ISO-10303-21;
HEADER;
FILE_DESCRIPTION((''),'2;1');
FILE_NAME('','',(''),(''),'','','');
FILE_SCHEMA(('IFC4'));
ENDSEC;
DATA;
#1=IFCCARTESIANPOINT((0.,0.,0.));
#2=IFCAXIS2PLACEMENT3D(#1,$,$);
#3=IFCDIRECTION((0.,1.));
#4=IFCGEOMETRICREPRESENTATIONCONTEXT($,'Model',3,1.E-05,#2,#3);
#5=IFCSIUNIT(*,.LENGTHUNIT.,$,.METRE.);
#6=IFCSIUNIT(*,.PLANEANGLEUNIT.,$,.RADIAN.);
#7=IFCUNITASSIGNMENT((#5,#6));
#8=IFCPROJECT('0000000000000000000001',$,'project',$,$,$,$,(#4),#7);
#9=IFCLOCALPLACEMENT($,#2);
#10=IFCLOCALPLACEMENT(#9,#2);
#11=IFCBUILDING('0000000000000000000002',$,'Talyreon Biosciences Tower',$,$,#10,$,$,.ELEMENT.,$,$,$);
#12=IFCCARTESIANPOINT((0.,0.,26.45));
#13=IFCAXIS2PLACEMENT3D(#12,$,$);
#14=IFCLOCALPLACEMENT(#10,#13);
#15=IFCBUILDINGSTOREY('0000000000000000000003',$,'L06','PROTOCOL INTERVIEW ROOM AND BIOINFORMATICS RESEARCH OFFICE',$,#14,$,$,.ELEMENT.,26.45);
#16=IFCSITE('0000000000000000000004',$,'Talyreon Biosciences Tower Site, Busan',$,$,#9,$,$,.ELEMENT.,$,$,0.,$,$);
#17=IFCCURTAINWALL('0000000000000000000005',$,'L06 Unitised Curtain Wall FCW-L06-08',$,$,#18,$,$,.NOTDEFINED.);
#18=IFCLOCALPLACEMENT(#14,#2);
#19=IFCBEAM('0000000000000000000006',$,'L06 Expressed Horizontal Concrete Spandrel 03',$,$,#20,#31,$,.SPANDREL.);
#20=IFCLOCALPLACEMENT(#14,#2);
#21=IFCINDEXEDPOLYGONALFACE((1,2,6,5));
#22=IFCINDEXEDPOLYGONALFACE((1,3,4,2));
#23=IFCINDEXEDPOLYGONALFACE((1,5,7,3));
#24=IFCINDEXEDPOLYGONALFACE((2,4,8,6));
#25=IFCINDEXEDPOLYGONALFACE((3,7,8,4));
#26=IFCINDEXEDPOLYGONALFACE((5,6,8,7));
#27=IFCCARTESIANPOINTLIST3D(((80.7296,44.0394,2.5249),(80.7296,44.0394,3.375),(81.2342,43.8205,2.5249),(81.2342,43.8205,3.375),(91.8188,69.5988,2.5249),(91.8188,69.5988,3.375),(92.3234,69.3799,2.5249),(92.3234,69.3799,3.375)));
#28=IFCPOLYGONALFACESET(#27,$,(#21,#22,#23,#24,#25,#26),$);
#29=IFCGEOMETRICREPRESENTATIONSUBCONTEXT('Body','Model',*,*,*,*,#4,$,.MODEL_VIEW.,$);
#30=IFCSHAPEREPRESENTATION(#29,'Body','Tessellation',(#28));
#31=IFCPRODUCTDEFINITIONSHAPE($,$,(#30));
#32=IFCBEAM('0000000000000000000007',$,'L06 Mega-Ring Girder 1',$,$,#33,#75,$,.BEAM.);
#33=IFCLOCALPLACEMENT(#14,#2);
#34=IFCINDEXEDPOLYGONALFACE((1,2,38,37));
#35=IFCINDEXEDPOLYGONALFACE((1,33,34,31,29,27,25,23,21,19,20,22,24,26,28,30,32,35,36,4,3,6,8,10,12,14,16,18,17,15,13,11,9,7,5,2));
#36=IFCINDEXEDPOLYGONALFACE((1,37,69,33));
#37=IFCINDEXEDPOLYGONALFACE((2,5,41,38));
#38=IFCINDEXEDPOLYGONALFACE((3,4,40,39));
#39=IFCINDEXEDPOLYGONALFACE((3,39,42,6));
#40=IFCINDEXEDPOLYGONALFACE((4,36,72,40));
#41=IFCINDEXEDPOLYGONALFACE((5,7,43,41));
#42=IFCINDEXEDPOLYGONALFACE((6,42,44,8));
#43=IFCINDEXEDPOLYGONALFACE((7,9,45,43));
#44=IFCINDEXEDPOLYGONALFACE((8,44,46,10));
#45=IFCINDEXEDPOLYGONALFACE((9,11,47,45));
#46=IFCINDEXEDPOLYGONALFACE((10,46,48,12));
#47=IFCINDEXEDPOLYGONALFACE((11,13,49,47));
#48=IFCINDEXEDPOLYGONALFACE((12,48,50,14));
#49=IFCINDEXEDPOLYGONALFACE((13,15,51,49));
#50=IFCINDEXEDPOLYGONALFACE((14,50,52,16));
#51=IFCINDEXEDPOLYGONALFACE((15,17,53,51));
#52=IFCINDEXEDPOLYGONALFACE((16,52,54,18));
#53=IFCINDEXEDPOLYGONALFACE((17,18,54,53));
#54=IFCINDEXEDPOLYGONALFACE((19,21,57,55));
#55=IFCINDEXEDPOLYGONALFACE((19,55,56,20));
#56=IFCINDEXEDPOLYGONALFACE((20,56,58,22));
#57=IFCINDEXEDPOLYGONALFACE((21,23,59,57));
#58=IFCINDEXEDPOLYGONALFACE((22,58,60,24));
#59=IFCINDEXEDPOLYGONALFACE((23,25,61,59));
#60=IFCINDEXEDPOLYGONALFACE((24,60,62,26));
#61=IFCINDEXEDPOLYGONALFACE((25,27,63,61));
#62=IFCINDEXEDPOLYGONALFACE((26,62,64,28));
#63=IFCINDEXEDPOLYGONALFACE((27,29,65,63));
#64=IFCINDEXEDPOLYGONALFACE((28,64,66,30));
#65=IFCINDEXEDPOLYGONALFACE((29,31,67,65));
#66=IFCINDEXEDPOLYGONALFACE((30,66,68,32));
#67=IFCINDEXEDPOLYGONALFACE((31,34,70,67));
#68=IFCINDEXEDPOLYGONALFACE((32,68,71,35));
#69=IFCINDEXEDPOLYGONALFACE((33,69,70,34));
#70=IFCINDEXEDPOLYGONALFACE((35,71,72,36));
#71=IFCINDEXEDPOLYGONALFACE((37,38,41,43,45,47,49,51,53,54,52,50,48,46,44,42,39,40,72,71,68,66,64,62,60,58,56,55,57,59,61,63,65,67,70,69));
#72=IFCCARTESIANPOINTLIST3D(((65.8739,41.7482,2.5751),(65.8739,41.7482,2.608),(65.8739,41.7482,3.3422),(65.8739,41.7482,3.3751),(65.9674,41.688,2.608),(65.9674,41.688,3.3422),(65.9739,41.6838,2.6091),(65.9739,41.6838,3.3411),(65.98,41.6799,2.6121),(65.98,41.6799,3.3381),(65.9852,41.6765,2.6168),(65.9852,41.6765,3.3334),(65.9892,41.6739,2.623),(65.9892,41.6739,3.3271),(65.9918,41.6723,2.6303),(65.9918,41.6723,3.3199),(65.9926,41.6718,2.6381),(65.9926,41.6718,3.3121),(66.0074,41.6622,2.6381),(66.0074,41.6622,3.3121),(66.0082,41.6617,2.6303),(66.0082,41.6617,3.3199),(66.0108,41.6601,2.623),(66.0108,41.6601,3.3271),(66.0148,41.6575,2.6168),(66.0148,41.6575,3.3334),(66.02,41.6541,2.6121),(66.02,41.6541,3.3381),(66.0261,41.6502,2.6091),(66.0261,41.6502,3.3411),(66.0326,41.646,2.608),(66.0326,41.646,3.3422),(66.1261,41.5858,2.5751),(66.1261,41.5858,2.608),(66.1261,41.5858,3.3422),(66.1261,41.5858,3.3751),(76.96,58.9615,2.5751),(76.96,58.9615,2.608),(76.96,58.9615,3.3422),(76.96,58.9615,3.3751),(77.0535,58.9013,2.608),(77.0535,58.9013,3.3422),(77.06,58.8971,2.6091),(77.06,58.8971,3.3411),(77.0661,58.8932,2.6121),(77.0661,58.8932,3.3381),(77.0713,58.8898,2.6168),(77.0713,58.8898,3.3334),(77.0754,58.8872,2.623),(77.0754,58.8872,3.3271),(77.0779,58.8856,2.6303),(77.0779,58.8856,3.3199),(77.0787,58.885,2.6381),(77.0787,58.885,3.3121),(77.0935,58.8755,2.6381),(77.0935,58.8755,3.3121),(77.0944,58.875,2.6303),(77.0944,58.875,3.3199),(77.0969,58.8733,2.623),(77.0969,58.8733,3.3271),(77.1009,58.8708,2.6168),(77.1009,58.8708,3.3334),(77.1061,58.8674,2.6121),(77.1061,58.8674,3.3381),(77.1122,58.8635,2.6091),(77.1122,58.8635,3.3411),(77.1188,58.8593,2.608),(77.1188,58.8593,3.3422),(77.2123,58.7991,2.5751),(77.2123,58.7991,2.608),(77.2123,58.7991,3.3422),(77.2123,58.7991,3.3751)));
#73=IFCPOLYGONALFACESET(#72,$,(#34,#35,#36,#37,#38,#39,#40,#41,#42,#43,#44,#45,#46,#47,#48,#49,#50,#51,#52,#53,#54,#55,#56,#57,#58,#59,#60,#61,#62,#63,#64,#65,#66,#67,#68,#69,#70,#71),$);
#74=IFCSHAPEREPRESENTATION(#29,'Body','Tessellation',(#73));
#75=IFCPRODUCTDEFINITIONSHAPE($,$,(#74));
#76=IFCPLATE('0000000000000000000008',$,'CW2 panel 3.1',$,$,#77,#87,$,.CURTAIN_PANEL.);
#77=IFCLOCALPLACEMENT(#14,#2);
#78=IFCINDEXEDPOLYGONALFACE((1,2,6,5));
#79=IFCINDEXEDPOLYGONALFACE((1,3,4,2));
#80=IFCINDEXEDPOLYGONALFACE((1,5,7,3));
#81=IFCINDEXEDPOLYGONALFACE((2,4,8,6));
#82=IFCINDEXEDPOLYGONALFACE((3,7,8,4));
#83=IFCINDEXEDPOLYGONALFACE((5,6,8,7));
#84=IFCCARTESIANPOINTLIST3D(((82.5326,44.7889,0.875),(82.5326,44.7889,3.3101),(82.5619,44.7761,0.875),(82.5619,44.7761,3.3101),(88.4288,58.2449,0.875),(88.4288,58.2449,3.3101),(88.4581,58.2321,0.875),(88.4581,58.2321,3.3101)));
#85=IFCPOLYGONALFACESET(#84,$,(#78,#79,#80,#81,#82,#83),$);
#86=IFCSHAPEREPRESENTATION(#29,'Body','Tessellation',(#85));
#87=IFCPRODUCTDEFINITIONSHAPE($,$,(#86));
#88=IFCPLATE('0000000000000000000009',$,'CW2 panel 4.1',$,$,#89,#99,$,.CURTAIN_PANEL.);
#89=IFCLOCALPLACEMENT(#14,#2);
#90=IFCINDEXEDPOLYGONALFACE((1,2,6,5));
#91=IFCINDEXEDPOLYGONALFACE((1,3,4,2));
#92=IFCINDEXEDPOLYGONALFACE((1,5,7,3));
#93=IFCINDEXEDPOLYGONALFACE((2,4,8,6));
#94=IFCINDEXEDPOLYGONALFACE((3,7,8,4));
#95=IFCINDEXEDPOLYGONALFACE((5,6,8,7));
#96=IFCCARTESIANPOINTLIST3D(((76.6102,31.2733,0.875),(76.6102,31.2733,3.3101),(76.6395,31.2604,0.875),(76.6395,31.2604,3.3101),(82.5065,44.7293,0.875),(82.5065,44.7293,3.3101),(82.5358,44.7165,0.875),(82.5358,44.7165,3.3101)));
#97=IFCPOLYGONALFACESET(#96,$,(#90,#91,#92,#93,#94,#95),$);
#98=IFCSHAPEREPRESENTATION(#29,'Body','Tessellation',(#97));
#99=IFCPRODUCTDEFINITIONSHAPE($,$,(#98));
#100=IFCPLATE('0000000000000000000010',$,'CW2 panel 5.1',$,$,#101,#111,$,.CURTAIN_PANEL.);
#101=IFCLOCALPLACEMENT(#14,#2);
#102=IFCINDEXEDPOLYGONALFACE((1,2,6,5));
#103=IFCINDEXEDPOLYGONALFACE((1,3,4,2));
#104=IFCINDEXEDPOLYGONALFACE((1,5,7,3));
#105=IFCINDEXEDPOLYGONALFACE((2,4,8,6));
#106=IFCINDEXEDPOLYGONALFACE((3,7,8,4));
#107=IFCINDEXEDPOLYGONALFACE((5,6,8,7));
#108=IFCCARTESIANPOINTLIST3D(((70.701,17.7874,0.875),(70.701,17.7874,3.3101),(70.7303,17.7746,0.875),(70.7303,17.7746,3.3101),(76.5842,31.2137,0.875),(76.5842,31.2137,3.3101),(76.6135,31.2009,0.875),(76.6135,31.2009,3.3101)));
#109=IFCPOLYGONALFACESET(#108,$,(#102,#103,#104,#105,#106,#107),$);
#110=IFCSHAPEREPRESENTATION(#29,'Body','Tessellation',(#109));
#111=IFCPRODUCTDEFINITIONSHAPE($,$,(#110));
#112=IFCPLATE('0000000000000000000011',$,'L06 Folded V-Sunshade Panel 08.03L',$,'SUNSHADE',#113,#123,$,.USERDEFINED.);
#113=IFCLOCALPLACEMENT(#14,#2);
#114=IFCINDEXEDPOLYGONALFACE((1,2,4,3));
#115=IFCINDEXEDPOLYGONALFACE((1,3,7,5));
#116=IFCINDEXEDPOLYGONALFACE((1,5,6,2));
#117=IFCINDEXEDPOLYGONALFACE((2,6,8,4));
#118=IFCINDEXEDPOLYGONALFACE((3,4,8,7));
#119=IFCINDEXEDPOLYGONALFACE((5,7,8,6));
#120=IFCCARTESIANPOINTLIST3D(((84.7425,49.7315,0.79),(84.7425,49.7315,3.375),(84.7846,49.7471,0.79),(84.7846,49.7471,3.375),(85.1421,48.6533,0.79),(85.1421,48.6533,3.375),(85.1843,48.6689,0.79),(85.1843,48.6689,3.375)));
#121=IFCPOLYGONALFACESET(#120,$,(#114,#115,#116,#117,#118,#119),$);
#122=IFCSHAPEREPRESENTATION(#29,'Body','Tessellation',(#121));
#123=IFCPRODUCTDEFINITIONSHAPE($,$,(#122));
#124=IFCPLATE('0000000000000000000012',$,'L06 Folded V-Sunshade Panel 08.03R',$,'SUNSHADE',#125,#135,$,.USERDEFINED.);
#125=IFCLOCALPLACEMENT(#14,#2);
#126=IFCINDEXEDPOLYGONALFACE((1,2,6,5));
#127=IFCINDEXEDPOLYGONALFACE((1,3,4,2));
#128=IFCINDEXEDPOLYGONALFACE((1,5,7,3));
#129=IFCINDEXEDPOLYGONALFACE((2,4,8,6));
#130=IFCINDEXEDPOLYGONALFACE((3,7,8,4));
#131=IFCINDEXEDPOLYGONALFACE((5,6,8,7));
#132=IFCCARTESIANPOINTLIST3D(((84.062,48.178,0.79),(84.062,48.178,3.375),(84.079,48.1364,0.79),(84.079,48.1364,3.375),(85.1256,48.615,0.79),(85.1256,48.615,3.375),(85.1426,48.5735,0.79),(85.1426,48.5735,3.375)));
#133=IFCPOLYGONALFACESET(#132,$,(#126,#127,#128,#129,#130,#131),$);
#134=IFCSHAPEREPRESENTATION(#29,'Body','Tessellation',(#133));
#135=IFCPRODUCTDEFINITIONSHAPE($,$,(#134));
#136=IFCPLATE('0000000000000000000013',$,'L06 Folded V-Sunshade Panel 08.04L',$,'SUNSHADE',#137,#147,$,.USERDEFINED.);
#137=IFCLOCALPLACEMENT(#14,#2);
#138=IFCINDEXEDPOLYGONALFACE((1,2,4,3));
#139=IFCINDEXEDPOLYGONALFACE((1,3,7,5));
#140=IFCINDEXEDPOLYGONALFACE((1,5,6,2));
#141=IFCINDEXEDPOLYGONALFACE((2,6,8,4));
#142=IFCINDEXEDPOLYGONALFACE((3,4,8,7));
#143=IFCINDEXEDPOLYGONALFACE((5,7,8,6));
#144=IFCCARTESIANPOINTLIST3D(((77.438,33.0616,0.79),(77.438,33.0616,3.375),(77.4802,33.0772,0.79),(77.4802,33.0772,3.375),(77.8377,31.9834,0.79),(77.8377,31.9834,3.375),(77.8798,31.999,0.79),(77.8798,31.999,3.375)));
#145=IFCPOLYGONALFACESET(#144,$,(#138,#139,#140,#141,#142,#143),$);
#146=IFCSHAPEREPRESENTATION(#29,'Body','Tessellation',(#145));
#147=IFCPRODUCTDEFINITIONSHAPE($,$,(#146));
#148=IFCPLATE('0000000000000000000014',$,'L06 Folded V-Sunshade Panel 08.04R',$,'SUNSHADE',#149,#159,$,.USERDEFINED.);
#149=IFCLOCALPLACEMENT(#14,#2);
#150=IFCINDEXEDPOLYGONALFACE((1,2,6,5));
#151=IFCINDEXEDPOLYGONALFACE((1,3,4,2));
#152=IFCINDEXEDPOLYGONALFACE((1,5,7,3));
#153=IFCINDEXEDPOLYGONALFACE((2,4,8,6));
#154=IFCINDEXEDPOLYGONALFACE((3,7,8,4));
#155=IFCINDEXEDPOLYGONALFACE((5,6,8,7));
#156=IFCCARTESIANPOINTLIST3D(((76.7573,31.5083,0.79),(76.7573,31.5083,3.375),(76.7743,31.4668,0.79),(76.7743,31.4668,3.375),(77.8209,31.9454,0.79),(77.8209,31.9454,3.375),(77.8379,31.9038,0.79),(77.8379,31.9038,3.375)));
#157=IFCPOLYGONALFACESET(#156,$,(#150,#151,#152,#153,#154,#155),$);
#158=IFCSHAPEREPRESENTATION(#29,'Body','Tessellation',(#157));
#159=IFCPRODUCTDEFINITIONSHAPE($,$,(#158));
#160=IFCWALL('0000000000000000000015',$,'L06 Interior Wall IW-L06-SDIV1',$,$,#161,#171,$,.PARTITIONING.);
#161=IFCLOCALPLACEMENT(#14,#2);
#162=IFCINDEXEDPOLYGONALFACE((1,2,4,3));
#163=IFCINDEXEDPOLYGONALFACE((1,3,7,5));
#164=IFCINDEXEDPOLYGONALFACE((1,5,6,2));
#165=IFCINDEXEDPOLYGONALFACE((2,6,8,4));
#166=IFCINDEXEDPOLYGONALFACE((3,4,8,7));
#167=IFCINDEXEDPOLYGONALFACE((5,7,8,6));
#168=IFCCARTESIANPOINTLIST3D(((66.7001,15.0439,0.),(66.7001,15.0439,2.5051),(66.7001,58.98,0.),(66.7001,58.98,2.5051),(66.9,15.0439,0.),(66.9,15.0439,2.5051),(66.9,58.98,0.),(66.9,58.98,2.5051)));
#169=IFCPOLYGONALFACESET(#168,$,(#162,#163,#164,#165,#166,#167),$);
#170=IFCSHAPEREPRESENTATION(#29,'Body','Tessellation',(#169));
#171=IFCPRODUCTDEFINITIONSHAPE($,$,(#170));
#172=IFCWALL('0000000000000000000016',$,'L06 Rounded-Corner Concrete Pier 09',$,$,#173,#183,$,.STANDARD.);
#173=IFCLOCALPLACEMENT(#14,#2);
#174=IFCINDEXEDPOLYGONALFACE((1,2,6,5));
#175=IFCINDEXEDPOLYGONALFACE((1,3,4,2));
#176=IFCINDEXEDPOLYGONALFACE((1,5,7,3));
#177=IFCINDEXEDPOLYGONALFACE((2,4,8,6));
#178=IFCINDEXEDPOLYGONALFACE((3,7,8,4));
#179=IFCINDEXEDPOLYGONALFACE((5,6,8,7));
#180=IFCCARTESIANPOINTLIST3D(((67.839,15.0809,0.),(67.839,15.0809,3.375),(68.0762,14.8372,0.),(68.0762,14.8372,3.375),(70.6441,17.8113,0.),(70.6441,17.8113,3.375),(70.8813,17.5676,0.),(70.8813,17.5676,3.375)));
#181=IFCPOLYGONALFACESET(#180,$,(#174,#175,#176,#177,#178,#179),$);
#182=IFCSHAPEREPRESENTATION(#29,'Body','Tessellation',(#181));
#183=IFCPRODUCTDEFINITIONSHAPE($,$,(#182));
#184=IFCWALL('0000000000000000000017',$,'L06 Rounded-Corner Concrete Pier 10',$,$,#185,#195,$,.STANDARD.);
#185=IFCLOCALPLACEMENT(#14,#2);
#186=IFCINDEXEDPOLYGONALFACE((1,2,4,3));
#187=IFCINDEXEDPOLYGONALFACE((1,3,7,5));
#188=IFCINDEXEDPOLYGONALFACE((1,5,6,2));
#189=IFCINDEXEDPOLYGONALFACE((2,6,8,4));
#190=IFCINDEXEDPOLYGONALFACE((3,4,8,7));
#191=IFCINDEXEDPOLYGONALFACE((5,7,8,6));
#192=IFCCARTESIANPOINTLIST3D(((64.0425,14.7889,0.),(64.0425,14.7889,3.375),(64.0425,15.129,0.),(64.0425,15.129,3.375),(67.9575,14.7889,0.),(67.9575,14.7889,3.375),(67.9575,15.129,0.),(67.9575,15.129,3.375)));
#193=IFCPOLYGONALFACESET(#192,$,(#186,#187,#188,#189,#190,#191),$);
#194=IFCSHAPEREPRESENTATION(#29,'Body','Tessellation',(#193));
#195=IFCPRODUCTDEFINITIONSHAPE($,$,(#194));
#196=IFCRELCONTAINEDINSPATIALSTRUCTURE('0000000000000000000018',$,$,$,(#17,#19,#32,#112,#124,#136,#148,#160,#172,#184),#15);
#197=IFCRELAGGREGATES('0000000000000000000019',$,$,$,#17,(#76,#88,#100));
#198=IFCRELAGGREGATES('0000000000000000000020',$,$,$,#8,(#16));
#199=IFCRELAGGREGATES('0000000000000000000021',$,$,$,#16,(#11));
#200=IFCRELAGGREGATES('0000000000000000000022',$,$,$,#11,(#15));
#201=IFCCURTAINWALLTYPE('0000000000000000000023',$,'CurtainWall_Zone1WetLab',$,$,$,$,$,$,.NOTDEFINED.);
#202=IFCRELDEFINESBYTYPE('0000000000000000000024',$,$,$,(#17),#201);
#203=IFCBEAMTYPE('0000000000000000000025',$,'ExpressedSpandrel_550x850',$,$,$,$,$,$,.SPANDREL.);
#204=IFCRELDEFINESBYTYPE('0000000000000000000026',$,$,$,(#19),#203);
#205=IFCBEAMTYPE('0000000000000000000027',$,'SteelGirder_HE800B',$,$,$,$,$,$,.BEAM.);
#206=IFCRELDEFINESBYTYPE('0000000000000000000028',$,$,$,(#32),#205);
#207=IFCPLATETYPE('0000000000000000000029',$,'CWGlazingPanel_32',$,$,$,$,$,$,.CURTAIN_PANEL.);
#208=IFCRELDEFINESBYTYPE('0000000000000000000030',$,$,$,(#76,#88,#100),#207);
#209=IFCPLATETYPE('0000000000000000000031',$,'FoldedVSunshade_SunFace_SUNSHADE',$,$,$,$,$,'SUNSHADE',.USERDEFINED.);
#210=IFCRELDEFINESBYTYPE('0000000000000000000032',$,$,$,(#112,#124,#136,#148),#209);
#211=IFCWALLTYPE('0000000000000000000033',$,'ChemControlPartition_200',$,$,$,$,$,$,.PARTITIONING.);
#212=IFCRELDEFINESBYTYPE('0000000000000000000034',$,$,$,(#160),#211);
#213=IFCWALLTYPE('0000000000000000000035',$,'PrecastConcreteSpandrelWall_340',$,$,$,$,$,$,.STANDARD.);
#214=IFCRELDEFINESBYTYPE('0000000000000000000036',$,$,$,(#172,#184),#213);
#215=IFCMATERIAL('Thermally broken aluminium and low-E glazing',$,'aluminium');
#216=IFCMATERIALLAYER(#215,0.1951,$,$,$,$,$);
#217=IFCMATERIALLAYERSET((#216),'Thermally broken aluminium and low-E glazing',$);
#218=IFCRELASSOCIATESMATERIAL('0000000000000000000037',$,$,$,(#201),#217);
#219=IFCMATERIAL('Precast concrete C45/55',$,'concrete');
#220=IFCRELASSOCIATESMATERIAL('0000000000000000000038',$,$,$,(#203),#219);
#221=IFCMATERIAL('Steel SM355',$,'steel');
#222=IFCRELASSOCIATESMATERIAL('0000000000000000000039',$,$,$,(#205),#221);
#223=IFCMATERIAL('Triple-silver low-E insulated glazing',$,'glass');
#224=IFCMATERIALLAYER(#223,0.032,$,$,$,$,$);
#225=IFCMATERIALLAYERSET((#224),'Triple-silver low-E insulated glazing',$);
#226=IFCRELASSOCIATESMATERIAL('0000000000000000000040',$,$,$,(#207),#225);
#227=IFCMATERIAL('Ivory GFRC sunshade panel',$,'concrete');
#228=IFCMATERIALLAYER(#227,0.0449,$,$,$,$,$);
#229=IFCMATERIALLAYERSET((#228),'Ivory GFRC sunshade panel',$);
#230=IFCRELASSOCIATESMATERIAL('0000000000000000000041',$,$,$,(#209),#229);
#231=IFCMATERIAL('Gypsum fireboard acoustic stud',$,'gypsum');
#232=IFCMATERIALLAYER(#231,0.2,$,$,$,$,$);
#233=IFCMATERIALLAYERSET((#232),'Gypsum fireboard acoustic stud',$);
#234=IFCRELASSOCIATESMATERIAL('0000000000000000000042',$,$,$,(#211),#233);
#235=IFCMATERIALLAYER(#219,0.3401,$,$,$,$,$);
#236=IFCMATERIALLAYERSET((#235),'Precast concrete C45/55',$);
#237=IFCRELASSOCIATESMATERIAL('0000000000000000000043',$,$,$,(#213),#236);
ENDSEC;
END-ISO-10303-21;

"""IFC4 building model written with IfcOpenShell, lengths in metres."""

from ifc_helpers import new_model, si_unit, direction, frame, frame_2d, origin, origin_2d, place, context, subcontext, project, spatial, rectangle, i_section, extrude, material, layer, layer_set, material_profile, profile_set, type_object, element, aggregate, save


model = new_model("IFC4")

# Units and contexts
model_context = context("Model", 3, precision=1e-05, world=origin(), true_north=direction((0.0, 1.0)))
body_context = subcontext(model_context, "Body", "Model", "MODEL_VIEW")
ifc_project = project(units=[si_unit("LENGTHUNIT", "METRE"), si_unit("PLANEANGLEUNIT", "RADIAN")], contexts=[model_context])

# Site, building, storey
site_placement = place(None, origin())
site = spatial("IfcSite", under=ifc_project, at=site_placement, Name="Talyreon Biosciences Tower Site, Busan", CompositionType="ELEMENT", RefElevation=0.0)
building_placement = place(site_placement, origin())
building = spatial("IfcBuilding", under=site, at=building_placement, Name="Talyreon Biosciences Tower", CompositionType="ELEMENT")
storey_placement = place(building_placement, frame((0.0, 0.0, 26.45)))
storey = spatial("IfcBuildingStorey", under=building, at=storey_placement, Name="L06", Description="PROTOCOL INTERVIEW ROOM AND BIOINFORMATICS RESEARCH OFFICE", CompositionType="ELEMENT", Elevation=26.45)

# Shared definitions
ifc_material_1 = material(Name="Precast concrete C45/55", Category="concrete")

# Curtain wall
ifc_material_2 = material(Name="Thermally broken aluminium and low-E glazing", Category="aluminium")
ifc_layer_1 = layer(ifc_material_2, 0.1951)
ifc_layer_set_1 = layer_set([ifc_layer_1], Name="Thermally broken aluminium and low-E glazing")
curtain_wall_type = type_object("IfcCurtainWallType", Name="CurtainWall_Zone1WetLab", PredefinedType="NOTDEFINED", material=ifc_layer_set_1)
curtain_wall_placement = place(storey_placement, origin())
curtain_wall = element("IfcCurtainWall", 1, at=curtain_wall_placement, inside=storey, type_object=curtain_wall_type, Name="L06 Unitised Curtain Wall FCW-L06-08", PredefinedType="NOTDEFINED")

# Beams
ifc_material_profile_1 = material_profile(ifc_material_1, rectangle(XDim=0.55, YDim=0.8501, at=origin_2d()), Name="RCB 550x850")
ifc_profile_set_1 = profile_set([ifc_material_profile_1], Name="Precast concrete C45/55")
beam_type_1 = type_object("IfcBeamType", Name="ExpressedSpandrel_550x850", PredefinedType="SPANDREL", material=ifc_profile_set_1)
beam_1_placement = place(storey_placement, frame((80.9819, 43.9299, 2.95), z_axis=(0.398012, 0.91738, 0.0), x_axis=(-0.91738, 0.398012, 0.0)))
element("IfcBeam", 2, at=beam_1_placement, inside=storey, type_object=beam_type_1, Name="L06 Expressed Horizontal Concrete Spandrel 03", PredefinedType="SPANDREL", context=body_context, shape_type="SweptSolid", body=[
    extrude(rectangle(XDim=0.55, YDim=0.8501, at=origin_2d()), origin(), (0.0, 0.0, 1.0), 27.8613),
])
ifc_material_3 = material(Name="Steel SM355", Category="steel")
ifc_material_profile_2 = material_profile(ifc_material_3, i_section(OverallWidth=0.3, OverallDepth=0.8, WebThickness=0.0176, FlangeThickness=0.033, FilletRadius=0.03, at=origin_2d()), Name="HE800B")
ifc_profile_set_2 = profile_set([ifc_material_profile_2], Name="Steel SM355")
beam_type_2 = type_object("IfcBeamType", Name="SteelGirder_HE800B", PredefinedType="BEAM", material=ifc_profile_set_2)
beam_2_placement = place(storey_placement, frame((66.0, 41.667, 2.9751), z_axis=(0.541464, 0.840724, 0.0), x_axis=(-0.840724, 0.541464, 0.0)))
element("IfcBeam", 3, at=beam_2_placement, inside=storey, type_object=beam_type_2, Name="L06 Mega-Ring Girder 1", PredefinedType="BEAM", context=body_context, shape_type="SweptSolid", body=[
    extrude(i_section(OverallWidth=0.3, OverallDepth=0.8, WebThickness=0.0176, FlangeThickness=0.033, FilletRadius=0.03, at=origin_2d()), origin(), (0.0, 0.0, 1.0), 20.4744),
])

# Plates
ifc_material_4 = material(Name="Triple-silver low-E insulated glazing", Category="glass")
ifc_layer_2 = layer(ifc_material_4, 0.032)
ifc_layer_set_2 = layer_set([ifc_layer_2], Name="Triple-silver low-E insulated glazing")
plate_type_1 = type_object("IfcPlateType", Name="CWGlazingPanel_32", PredefinedType="CURTAIN_PANEL", material=ifc_layer_set_2)
plate_1_placement = place(storey_placement, frame((85.4954, 51.5105, 0.875), z_axis=(0.0, 0.0, 1.0), x_axis=(-0.401345, -0.915927, 0.0)))
plate_1 = element("IfcPlate", 4, at=plate_1_placement, type_object=plate_type_1, Name="CW2 panel 3.1", PredefinedType="CURTAIN_PANEL", context=body_context, shape_type="SweptSolid", body=[
    extrude(rectangle(XDim=14.6912, YDim=0.032, at=origin_2d()), origin(), (0.0, 0.0, 1.0), 2.4351),
])
plate_2_placement = place(storey_placement, frame((79.573, 37.9949, 0.875), z_axis=(0.0, 0.0, 1.0), x_axis=(-0.401345, -0.915927, 0.0)))
plate_2 = element("IfcPlate", 5, at=plate_2_placement, type_object=plate_type_1, Name="CW2 panel 4.1", PredefinedType="CURTAIN_PANEL", context=body_context, shape_type="SweptSolid", body=[
    extrude(rectangle(XDim=14.6912, YDim=0.032, at=origin_2d()), origin(), (0.0, 0.0, 1.0), 2.4351),
])
plate_3_placement = place(storey_placement, frame((73.6572, 24.4941, 0.875), z_axis=(0.0, 0.0, 1.0), x_axis=(-0.401345, -0.915927, 0.0)))
plate_3 = element("IfcPlate", 6, at=plate_3_placement, type_object=plate_type_1, Name="CW2 panel 5.1", PredefinedType="CURTAIN_PANEL", context=body_context, shape_type="SweptSolid", body=[
    extrude(rectangle(XDim=14.6587, YDim=0.032, at=origin_2d()), origin(), (0.0, 0.0, 1.0), 2.4351),
])
aggregate(curtain_wall, [plate_1, plate_2, plate_3])

# Plates
ifc_material_5 = material(Name="Ivory GFRC sunshade panel", Category="concrete")
ifc_layer_3 = layer(ifc_material_5, 0.0449)
ifc_layer_set_3 = layer_set([ifc_layer_3], Name="Ivory GFRC sunshade panel")
plate_type_2 = type_object("IfcPlateType", Name="FoldedVSunshade_SunFace_SUNSHADE", ElementType="SUNSHADE", PredefinedType="USERDEFINED", material=ifc_layer_set_3)
for number, where, z_axis, x_axis, name in (
    (7, (84.9634, 49.2002, 0.79), (0.0, 0.0, 1.0), (0.347558, -0.937659, 0.0), "L06 Folded V-Sunshade Panel 08.03L"),
    (8, (84.6023, 48.3757, 0.79), (0.0, 0.0, 1.0), (-0.924958, -0.38007, 0.0), "L06 Folded V-Sunshade Panel 08.03R"),
    (9, (77.6589, 32.5303, 0.79), (0.0, 0.0, 1.0), (0.347558, -0.937659, 0.0), "L06 Folded V-Sunshade Panel 08.04L"),
    (10, (77.2976, 31.7061, 0.79), (0.0, 0.0, 1.0), (-0.924958, -0.38007, 0.0), "L06 Folded V-Sunshade Panel 08.04R"),
):
    element("IfcPlate", number, at=place(storey_placement, frame(where, z_axis=z_axis, x_axis=x_axis)), inside=storey, type_object=plate_type_2, Name=name, ObjectType="SUNSHADE", PredefinedType="USERDEFINED", context=body_context, shape_type="SweptSolid", body=[
        extrude(rectangle(XDim=1.1499, YDim=0.0449, at=origin_2d()), origin(), (0.0, 0.0, 1.0), 2.585),
    ])

# Walls
ifc_material_6 = material(Name="Gypsum fireboard acoustic stud", Category="gypsum")
ifc_layer_4 = layer(ifc_material_6, 0.2)
ifc_layer_set_4 = layer_set([ifc_layer_4], Name="Gypsum fireboard acoustic stud")
wall_type_1 = type_object("IfcWallType", Name="ChemControlPartition_200", PredefinedType="PARTITIONING", material=ifc_layer_set_4)
wall_1_placement = place(storey_placement, frame((66.8, 15.0439, 0.0), z_axis=(0.0, 0.0, 1.0), x_axis=(0.0, 1.0, 0.0)))
element("IfcWall", 11, at=wall_1_placement, inside=storey, type_object=wall_type_1, Name="L06 Interior Wall IW-L06-SDIV1", PredefinedType="PARTITIONING", context=body_context, shape_type="SweptSolid", body=[
    extrude(rectangle(XDim=43.936, YDim=0.2, at=frame_2d((21.968, 0.0))), origin(), (0.0, 0.0, 1.0), 2.5051),
])
ifc_layer_5 = layer(ifc_material_1, 0.3401)
ifc_layer_set_5 = layer_set([ifc_layer_5], Name="Precast concrete C45/55")
wall_type_2 = type_object("IfcWallType", Name="PrecastConcreteSpandrelWall_340", PredefinedType="STANDARD", material=ifc_layer_set_5)
wall_2_placement = place(storey_placement, frame((70.7627, 17.6895, 0.0), z_axis=(0.0, 0.0, 1.0), x_axis=(-0.716584, -0.6975, 0.0)))
element("IfcWall", 12, at=wall_2_placement, inside=storey, type_object=wall_type_2, Name="L06 Rounded-Corner Concrete Pier 09", PredefinedType="STANDARD", context=body_context, shape_type="SweptSolid", body=[
    extrude(rectangle(XDim=3.9146, YDim=0.3401, at=frame_2d((1.9573, 0.0))), origin(), (0.0, 0.0, 1.0), 3.375),
])
wall_3_placement = place(storey_placement, frame((67.9575, 14.959, 0.0), z_axis=(0.0, 0.0, 1.0), x_axis=(-1.0, 0.0, 0.0)))
element("IfcWall", 13, at=wall_3_placement, inside=storey, type_object=wall_type_2, Name="L06 Rounded-Corner Concrete Pier 10", PredefinedType="STANDARD", context=body_context, shape_type="SweptSolid", body=[
    extrude(rectangle(XDim=3.915, YDim=0.3401, at=frame_2d((1.9575, 0.0))), origin(), (0.0, 0.0, 1.0), 3.375),
])

save(model, "model.ifc")
